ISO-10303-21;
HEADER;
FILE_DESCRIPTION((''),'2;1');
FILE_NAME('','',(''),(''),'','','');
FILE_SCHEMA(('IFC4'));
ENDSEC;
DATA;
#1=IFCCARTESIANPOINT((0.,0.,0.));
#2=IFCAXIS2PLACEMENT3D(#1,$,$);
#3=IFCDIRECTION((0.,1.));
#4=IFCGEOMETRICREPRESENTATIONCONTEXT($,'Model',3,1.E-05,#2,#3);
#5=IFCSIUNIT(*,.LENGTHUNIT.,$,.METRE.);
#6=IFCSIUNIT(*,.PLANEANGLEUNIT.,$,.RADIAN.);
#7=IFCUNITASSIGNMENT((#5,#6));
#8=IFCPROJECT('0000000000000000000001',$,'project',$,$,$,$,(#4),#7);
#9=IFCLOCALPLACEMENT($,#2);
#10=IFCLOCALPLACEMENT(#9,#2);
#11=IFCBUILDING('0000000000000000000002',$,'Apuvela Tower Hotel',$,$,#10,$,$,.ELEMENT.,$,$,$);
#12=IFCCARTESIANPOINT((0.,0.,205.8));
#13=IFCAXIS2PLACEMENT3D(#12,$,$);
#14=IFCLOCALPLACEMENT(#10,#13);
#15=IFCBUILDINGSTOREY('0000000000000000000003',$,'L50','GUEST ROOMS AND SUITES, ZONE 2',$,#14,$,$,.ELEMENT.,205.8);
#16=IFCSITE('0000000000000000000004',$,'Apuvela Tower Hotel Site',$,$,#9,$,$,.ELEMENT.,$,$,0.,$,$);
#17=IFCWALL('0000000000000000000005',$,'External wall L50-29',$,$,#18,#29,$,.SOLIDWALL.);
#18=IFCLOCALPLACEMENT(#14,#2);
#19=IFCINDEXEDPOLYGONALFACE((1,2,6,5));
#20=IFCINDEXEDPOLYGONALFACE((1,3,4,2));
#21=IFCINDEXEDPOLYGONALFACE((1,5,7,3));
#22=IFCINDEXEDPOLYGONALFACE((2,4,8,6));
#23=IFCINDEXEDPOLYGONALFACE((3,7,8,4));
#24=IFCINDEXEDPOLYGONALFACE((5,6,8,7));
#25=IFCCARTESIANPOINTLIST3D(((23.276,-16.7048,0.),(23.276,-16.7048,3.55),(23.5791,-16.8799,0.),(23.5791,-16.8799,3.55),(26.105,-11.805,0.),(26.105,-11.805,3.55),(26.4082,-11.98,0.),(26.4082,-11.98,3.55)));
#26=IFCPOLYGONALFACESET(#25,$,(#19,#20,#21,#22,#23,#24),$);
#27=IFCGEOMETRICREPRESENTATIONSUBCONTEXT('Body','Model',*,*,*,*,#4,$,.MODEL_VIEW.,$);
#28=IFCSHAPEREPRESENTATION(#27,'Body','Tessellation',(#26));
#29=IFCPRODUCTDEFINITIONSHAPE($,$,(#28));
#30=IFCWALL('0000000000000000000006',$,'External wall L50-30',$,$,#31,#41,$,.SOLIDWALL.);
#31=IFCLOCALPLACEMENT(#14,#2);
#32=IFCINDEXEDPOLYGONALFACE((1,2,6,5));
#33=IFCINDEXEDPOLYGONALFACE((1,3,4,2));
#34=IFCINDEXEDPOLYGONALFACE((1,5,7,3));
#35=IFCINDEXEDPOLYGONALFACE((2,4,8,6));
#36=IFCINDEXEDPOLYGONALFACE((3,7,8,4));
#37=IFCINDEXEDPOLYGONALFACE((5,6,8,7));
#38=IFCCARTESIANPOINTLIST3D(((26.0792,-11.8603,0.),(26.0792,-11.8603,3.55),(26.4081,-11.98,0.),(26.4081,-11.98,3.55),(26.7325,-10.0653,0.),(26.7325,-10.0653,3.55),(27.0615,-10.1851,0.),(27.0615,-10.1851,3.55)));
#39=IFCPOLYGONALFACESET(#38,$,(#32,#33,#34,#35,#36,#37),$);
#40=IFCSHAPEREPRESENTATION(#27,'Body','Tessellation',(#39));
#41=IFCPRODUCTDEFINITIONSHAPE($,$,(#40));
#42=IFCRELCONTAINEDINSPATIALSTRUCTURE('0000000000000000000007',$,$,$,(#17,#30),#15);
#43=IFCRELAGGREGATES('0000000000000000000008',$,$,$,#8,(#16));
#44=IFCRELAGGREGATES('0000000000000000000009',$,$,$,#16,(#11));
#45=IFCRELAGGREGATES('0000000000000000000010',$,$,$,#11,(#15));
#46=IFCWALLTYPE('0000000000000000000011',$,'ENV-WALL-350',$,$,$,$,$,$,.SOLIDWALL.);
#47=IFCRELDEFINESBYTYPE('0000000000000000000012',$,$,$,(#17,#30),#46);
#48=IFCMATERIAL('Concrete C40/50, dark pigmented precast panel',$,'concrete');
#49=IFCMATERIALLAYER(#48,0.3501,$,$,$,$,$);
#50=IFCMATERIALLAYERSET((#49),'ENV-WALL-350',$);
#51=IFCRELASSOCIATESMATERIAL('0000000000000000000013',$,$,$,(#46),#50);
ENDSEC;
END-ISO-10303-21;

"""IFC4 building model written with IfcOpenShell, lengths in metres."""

from ifc_helpers import new_model, si_unit, direction, frame, frame_2d, origin, place, context, subcontext, project, spatial, rectangle, extrude, material, layer, layer_set, type_object, element, save


model = new_model("IFC4")

# Units and contexts
model_context = context("Model", 3, precision=1e-05, world=origin(), true_north=direction((0.0, 1.0)))
body_context = subcontext(model_context, "Body", "Model", "MODEL_VIEW")
ifc_project = project(units=[si_unit("LENGTHUNIT", "METRE"), si_unit("PLANEANGLEUNIT", "RADIAN")], contexts=[model_context])

# Site, building, storey
site_placement = place(None, origin())
site = spatial("IfcSite", under=ifc_project, at=site_placement, Name="Apuvela Tower Hotel Site", CompositionType="ELEMENT", RefElevation=0.0)
building_placement = place(site_placement, origin())
building = spatial("IfcBuilding", under=site, at=building_placement, Name="Apuvela Tower Hotel", CompositionType="ELEMENT")
storey_placement = place(building_placement, frame((0.0, 0.0, 205.8)))
storey = spatial("IfcBuildingStorey", under=building, at=storey_placement, Name="L50", Description="GUEST ROOMS AND SUITES, ZONE 2", CompositionType="ELEMENT", Elevation=205.8)

# Shared definitions
ifc_material_1 = material(Name="Concrete C40/50, dark pigmented precast panel", Category="concrete")
ifc_layer_1 = layer(ifc_material_1, 0.3501)
ifc_layer_set_1 = layer_set([ifc_layer_1], Name="ENV-WALL-350")
wall_type_1 = type_object("IfcWallType", Name="ENV-WALL-350", PredefinedType="SOLIDWALL", material=ifc_layer_set_1)

# Walls
wall_1_placement = place(storey_placement, frame((23.4275, -16.7925, 0.0), z_axis=(0.0, 0.0, 1.0), x_axis=(0.500019, 0.866015, 0.0)))
element("IfcWall", 1, at=wall_1_placement, inside=storey, type_object=wall_type_1, Name="External wall L50-29", PredefinedType="SOLIDWALL", context=body_context, shape_type="SweptSolid", body=[
    extrude(rectangle(XDim=5.658, YDim=0.3501, at=frame_2d((2.8291, 0.0))), origin(), (0.0, 0.0, 1.0), 3.55),
])
wall_2_placement = place(storey_placement, frame((26.2437, -11.9202, 0.0), z_axis=(0.0, 0.0, 1.0), x_axis=(0.34203, 0.939689, 0.0)))
element("IfcWall", 2, at=wall_2_placement, inside=storey, type_object=wall_type_1, Name="External wall L50-30", PredefinedType="SOLIDWALL", context=body_context, shape_type="SweptSolid", body=[
    extrude(rectangle(XDim=1.9102, YDim=0.3501, at=frame_2d((0.9551, 0.0))), origin(), (0.0, 0.0, 1.0), 3.55),
])

save(model, "model.ifc")
